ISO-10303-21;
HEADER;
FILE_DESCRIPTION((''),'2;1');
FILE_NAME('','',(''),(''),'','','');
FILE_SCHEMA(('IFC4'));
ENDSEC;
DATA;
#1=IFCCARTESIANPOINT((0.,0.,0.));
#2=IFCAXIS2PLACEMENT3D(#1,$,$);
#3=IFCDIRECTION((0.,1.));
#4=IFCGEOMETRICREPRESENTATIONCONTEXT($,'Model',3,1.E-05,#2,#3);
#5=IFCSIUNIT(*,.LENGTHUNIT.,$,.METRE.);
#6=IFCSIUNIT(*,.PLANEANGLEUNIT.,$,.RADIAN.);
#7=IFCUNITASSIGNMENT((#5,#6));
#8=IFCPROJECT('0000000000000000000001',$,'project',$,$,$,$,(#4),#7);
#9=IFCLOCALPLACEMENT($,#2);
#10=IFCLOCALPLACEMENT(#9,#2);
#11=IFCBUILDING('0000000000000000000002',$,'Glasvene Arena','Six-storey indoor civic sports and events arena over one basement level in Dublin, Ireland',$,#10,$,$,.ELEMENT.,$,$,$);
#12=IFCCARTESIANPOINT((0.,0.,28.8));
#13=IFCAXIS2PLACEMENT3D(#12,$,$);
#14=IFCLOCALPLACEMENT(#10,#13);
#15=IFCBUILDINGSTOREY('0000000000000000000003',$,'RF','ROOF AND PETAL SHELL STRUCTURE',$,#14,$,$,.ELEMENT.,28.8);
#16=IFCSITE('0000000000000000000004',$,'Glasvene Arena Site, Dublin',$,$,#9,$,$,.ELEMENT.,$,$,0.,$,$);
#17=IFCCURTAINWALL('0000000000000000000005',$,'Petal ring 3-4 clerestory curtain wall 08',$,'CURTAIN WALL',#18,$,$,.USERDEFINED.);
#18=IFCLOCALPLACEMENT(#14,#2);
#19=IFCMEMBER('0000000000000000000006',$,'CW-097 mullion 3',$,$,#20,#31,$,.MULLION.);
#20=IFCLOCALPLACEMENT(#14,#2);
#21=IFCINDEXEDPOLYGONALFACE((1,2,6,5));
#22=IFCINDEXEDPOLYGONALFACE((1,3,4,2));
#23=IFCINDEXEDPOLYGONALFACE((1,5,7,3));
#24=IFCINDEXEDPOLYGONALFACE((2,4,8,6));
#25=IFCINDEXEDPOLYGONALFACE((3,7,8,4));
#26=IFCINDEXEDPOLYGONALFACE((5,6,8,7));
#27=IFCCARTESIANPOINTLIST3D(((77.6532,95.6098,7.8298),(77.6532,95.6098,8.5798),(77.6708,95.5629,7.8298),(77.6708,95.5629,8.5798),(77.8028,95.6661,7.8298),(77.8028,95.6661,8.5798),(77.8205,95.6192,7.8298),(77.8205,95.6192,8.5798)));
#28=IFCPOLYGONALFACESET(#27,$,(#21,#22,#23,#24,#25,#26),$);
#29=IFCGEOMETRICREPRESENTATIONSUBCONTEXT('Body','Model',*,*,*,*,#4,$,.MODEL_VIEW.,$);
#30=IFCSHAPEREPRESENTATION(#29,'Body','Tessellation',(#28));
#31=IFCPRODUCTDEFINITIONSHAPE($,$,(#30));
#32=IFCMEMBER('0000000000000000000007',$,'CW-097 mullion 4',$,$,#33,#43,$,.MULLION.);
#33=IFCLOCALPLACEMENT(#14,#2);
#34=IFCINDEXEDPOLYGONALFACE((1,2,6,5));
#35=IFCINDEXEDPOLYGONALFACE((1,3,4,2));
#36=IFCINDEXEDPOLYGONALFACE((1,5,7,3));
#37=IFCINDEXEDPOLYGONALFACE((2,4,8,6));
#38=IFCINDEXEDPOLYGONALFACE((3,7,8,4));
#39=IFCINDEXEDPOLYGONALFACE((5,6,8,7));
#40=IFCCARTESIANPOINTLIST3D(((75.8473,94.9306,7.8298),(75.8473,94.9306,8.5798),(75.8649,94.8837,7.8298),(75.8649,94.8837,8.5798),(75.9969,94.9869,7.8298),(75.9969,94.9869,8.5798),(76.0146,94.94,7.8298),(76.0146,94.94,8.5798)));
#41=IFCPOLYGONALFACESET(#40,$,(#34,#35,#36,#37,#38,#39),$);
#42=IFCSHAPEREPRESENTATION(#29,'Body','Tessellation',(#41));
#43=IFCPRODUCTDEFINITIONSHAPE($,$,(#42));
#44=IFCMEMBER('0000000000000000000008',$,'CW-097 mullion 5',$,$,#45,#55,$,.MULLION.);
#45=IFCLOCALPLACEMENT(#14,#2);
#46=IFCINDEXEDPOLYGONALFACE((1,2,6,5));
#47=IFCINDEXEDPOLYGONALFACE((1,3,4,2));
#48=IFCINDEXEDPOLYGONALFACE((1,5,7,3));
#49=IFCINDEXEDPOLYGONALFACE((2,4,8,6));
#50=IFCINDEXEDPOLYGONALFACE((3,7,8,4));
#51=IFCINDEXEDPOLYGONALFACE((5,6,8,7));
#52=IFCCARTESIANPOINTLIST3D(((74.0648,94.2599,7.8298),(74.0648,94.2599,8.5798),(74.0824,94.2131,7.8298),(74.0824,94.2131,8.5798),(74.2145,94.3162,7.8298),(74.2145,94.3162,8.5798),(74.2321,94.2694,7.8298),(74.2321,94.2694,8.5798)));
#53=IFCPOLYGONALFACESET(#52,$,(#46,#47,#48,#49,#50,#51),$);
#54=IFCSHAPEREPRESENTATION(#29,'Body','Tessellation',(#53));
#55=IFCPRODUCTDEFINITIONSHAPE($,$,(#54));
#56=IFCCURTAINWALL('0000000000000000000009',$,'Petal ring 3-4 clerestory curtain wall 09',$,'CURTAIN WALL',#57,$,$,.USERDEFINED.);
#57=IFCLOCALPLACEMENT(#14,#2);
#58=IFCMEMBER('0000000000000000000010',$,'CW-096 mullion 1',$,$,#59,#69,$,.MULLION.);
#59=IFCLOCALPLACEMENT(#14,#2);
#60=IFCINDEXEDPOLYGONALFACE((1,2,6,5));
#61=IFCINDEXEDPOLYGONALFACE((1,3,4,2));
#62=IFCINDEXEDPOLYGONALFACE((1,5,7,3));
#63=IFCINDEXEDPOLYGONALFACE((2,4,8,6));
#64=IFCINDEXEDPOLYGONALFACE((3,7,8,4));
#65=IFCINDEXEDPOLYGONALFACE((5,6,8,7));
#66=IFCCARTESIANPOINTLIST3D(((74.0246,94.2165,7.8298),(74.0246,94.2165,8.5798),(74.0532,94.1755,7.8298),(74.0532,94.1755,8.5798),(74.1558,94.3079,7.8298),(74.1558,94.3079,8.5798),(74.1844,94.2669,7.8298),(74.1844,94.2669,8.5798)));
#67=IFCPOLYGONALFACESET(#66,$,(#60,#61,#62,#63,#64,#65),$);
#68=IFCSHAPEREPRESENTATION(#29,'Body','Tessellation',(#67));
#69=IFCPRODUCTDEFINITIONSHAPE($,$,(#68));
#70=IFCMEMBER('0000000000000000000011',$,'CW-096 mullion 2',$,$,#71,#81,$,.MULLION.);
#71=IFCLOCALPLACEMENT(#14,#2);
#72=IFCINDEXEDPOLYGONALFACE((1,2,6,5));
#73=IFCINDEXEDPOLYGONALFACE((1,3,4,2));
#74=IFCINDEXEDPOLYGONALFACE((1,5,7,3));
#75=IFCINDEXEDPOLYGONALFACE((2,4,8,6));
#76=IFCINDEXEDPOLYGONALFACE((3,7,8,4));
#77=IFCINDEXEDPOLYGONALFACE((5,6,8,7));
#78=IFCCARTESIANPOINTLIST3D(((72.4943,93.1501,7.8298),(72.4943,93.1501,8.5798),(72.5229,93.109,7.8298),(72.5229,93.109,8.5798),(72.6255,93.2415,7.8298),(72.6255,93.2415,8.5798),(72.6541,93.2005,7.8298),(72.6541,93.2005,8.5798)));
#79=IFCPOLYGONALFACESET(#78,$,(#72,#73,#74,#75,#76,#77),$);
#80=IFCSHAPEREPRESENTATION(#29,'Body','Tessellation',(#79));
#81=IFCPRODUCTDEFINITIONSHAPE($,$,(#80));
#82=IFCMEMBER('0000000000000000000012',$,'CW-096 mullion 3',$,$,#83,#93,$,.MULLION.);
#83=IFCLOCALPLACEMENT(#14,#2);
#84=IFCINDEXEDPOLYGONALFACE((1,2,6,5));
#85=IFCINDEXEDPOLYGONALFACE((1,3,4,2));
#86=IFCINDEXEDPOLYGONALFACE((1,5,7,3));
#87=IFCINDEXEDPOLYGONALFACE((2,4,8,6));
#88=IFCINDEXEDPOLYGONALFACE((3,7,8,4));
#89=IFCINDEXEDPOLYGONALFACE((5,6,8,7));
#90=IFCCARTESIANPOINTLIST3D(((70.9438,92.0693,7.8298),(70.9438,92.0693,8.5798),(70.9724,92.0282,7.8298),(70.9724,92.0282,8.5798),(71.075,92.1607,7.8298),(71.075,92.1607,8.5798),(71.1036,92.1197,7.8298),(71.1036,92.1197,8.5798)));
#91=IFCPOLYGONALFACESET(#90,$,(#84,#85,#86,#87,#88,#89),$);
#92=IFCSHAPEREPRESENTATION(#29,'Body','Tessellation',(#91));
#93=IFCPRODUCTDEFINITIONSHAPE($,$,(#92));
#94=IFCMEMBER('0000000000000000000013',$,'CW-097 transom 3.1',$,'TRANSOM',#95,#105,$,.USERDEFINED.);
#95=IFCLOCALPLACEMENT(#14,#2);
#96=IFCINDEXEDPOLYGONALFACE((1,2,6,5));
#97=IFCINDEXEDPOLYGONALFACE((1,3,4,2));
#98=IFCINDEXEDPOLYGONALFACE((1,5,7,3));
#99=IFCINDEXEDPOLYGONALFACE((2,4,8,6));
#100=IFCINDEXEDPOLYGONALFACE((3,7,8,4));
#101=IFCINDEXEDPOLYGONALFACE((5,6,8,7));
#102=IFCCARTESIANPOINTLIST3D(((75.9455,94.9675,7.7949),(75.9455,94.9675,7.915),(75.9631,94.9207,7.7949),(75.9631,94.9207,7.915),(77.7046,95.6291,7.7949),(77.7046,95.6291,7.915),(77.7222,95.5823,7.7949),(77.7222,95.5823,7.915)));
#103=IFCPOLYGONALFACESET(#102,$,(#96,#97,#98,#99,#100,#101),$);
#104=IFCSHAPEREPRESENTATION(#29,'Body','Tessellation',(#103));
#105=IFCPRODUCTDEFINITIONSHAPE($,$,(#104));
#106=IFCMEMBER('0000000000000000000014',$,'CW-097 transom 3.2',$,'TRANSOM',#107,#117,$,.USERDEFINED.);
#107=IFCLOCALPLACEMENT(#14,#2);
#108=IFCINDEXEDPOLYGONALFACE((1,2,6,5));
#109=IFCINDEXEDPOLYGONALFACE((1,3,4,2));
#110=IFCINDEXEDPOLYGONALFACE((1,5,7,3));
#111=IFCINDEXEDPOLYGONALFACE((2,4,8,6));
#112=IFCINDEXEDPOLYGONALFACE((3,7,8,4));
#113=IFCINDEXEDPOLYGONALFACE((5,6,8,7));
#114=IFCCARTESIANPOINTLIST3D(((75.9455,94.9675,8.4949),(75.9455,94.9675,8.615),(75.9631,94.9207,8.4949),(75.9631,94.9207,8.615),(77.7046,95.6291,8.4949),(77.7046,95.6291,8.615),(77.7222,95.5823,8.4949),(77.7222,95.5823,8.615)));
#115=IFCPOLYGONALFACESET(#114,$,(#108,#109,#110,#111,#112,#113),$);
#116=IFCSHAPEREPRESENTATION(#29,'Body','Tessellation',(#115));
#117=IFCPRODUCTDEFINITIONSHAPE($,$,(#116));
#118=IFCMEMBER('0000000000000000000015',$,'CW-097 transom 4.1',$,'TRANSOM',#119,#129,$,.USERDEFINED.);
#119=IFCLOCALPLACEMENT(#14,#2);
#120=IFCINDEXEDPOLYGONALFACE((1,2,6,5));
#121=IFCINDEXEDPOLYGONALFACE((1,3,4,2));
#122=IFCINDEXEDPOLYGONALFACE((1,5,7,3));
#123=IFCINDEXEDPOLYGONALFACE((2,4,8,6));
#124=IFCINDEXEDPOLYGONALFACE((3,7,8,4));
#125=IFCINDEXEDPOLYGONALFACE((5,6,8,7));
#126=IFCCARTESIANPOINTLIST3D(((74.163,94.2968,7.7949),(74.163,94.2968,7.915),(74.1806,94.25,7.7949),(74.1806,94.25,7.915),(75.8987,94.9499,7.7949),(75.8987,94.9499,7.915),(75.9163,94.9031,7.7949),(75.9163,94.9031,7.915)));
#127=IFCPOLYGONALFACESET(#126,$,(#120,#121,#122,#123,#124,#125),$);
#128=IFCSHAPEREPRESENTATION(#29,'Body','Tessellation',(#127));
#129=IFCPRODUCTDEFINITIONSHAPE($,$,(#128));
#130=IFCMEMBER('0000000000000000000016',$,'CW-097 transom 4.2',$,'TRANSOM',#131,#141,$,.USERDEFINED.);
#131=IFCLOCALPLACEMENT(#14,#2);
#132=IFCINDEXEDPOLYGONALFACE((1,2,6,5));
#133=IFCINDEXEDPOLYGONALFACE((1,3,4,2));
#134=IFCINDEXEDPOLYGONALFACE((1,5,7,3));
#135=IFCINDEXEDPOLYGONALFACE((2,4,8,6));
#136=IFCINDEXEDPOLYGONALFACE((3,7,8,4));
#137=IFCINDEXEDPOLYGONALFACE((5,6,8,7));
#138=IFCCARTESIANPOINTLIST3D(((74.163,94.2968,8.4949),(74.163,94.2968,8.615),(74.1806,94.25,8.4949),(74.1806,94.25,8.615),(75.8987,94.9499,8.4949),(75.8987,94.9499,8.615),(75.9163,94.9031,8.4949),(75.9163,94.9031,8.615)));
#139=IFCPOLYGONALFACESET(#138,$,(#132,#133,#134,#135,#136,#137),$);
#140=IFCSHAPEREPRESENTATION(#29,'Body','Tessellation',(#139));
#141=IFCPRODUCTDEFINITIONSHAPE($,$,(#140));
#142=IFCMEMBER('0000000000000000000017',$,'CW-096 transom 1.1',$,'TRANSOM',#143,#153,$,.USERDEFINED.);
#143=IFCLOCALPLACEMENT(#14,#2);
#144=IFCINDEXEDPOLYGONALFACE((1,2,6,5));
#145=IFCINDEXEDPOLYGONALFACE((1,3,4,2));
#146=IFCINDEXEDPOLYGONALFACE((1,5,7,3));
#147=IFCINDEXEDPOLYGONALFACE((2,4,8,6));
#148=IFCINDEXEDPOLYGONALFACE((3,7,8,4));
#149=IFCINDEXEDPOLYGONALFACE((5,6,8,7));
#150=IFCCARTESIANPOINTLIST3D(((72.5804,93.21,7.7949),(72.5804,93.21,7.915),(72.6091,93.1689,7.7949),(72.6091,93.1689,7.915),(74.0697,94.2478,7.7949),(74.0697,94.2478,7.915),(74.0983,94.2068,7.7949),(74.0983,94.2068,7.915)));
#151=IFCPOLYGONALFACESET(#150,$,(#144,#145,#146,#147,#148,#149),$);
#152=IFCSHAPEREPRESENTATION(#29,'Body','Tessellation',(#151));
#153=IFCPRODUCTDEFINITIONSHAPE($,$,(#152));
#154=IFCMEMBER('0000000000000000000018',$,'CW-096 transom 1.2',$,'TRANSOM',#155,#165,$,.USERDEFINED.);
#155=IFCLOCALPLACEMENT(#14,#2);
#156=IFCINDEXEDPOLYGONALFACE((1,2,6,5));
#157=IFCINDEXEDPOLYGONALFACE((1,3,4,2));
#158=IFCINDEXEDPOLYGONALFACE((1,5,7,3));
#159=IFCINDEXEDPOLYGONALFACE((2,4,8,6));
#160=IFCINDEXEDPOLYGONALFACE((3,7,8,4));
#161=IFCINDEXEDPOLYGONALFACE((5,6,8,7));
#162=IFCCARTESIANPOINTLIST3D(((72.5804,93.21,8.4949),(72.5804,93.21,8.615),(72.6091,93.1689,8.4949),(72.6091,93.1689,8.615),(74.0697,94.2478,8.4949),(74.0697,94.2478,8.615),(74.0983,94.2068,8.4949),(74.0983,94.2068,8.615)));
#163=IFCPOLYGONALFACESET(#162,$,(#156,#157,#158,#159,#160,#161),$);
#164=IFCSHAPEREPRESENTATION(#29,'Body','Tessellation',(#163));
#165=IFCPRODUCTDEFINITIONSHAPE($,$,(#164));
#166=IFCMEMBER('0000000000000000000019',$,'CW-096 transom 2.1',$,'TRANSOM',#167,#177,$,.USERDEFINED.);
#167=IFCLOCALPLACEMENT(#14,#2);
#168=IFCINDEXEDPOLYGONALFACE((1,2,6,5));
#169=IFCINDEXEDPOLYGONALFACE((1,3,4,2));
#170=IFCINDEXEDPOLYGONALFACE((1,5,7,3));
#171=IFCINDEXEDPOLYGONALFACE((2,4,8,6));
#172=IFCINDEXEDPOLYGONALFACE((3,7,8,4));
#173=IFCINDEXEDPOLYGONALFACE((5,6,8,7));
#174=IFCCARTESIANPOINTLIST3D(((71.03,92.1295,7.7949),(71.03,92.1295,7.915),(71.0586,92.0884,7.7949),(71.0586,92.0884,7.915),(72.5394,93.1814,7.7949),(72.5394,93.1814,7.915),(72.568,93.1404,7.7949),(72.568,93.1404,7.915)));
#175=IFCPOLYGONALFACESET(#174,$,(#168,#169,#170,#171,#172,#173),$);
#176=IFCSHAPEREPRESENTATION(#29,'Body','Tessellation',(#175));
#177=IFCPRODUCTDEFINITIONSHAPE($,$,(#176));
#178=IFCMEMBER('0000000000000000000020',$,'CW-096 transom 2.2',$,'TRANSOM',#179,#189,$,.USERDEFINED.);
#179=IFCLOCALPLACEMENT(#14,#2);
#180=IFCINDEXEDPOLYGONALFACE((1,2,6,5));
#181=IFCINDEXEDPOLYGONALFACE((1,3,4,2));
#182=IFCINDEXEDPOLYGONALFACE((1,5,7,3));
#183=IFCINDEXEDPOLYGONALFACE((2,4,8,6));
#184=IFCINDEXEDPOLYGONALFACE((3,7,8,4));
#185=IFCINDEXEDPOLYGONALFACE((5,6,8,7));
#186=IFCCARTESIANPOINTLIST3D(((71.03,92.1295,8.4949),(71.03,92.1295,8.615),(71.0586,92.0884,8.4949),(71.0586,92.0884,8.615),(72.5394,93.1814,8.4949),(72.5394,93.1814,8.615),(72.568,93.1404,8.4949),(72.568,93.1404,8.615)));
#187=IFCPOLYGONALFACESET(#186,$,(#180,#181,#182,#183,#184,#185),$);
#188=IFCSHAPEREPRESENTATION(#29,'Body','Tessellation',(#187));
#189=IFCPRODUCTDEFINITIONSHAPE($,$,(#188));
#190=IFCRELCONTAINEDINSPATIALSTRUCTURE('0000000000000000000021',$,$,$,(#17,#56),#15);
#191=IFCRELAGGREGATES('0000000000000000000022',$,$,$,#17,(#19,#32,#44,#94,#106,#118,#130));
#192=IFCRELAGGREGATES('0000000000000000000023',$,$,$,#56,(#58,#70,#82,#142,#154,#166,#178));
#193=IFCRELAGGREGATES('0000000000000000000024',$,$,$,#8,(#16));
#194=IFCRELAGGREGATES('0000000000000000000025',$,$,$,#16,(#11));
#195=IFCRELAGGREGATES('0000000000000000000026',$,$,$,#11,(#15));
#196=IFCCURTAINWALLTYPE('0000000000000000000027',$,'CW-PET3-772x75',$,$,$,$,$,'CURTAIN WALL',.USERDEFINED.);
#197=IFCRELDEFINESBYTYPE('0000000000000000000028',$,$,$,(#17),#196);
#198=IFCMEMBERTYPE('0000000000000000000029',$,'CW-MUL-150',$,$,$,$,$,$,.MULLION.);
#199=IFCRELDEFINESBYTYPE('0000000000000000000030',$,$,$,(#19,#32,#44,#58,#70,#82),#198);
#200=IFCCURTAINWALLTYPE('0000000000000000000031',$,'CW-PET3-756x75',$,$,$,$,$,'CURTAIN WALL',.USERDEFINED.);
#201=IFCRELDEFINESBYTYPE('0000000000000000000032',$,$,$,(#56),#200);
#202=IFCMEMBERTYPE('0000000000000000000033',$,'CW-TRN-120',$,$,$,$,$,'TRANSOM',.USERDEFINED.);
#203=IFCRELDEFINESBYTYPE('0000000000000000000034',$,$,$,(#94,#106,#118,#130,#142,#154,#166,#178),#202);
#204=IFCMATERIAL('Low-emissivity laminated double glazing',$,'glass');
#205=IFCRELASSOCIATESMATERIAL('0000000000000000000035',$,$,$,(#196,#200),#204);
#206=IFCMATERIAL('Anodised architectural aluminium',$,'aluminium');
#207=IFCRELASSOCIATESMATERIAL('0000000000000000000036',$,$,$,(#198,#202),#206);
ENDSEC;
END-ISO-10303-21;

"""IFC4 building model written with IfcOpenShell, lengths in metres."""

from ifc_helpers import new_model, si_unit, direction, frame, origin, origin_2d, place, context, subcontext, project, spatial, rectangle, extrude, material, material_profile, profile_set, type_object, element, aggregate, save


model = new_model("IFC4")

# Units and contexts
model_context = context("Model", 3, precision=1e-05, world=origin(), true_north=direction((0.0, 1.0)))
body_context = subcontext(model_context, "Body", "Model", "MODEL_VIEW")
ifc_project = project(units=[si_unit("LENGTHUNIT", "METRE"), si_unit("PLANEANGLEUNIT", "RADIAN")], contexts=[model_context])

# Site, building, storey
site_placement = place(None, origin())
site = spatial("IfcSite", under=ifc_project, at=site_placement, Name="Glasvene Arena Site, Dublin", CompositionType="ELEMENT", RefElevation=0.0)
building_placement = place(site_placement, origin())
building = spatial("IfcBuilding", under=site, at=building_placement, Name="Glasvene Arena", Description="Six-storey indoor civic sports and events arena over one basement level in Dublin, Ireland", CompositionType="ELEMENT")
storey_placement = place(building_placement, frame((0.0, 0.0, 28.8)))
storey = spatial("IfcBuildingStorey", under=building, at=storey_placement, Name="RF", Description="ROOF AND PETAL SHELL STRUCTURE", CompositionType="ELEMENT", Elevation=28.8)

# Curtain walls, members
ifc_material_1 = material(Name="Low-emissivity laminated double glazing", Category="glass")
curtain_wall_type_1 = type_object("IfcCurtainWallType", Name="CW-PET3-772x75", ElementType="CURTAIN WALL", PredefinedType="USERDEFINED", material=ifc_material_1)
curtain_wall_1_placement = place(storey_placement, frame((81.3484, 96.9731, 0.0)))
curtain_wall_1 = element("IfcCurtainWall", 1, at=curtain_wall_1_placement, inside=storey, type_object=curtain_wall_type_1, Name="Petal ring 3-4 clerestory curtain wall 08", ObjectType="CURTAIN WALL", PredefinedType="USERDEFINED")
ifc_material_2 = material(Name="Anodised architectural aluminium", Category="aluminium")
ifc_material_profile_1 = material_profile(ifc_material_2, rectangle(XDim=0.05, YDim=0.1599, at=origin_2d()), Name="ALU MULLION 50x160")
ifc_profile_set_1 = profile_set([ifc_material_profile_1], Name="Anodised architectural aluminium")
member_type_1 = type_object("IfcMemberType", Name="CW-MUL-150", PredefinedType="MULLION", material=ifc_profile_set_1)
member_1_placement = place(storey_placement, frame((77.7368, 95.6145, 7.8298), z_axis=(0.0, 0.0, 1.0), x_axis=(0.352092, -0.935966, 0.0)))
member_1 = element("IfcMember", 2, at=member_1_placement, type_object=member_type_1, Name="CW-097 mullion 3", PredefinedType="MULLION", context=body_context, shape_type="SweptSolid", body=[
    extrude(rectangle(XDim=0.05, YDim=0.1599, at=origin_2d()), origin(), (0.0, 0.0, 1.0), 0.75),
])
member_2_placement = place(storey_placement, frame((75.9309, 94.9353, 7.8298), z_axis=(0.0, 0.0, 1.0), x_axis=(0.352092, -0.935966, 0.0)))
member_2 = element("IfcMember", 3, at=member_2_placement, type_object=member_type_1, Name="CW-097 mullion 4", PredefinedType="MULLION", context=body_context, shape_type="SweptSolid", body=[
    extrude(rectangle(XDim=0.05, YDim=0.1599, at=origin_2d()), origin(), (0.0, 0.0, 1.0), 0.75),
])
member_3_placement = place(storey_placement, frame((74.1484, 94.2646, 7.8298), z_axis=(0.0, 0.0, 1.0), x_axis=(0.352092, -0.935966, 0.0)))
member_3 = element("IfcMember", 4, at=member_3_placement, type_object=member_type_1, Name="CW-097 mullion 5", PredefinedType="MULLION", context=body_context, shape_type="SweptSolid", body=[
    extrude(rectangle(XDim=0.05, YDim=0.1599, at=origin_2d()), origin(), (0.0, 0.0, 1.0), 0.75),
])
curtain_wall_type_2 = type_object("IfcCurtainWallType", Name="CW-PET3-756x75", ElementType="CURTAIN WALL", PredefinedType="USERDEFINED", material=ifc_material_1)
curtain_wall_2_placement = place(storey_placement, frame((74.125, 94.2559, 0.0)))
curtain_wall_2 = element("IfcCurtainWall", 5, at=curtain_wall_2_placement, inside=storey, type_object=curtain_wall_type_2, Name="Petal ring 3-4 clerestory curtain wall 09", ObjectType="CURTAIN WALL", PredefinedType="USERDEFINED")
member_4_placement = place(storey_placement, frame((74.1045, 94.2417, 7.8298), z_axis=(0.0, 0.0, 1.0), x_axis=(0.571742, -0.820433, 0.0)))
member_4 = element("IfcMember", 6, at=member_4_placement, type_object=member_type_1, Name="CW-096 mullion 1", PredefinedType="MULLION", context=body_context, shape_type="SweptSolid", body=[
    extrude(rectangle(XDim=0.05, YDim=0.1599, at=origin_2d()), origin(), (0.0, 0.0, 1.0), 0.75),
])
member_5_placement = place(storey_placement, frame((72.5742, 93.1753, 7.8298), z_axis=(0.0, 0.0, 1.0), x_axis=(0.571742, -0.820433, 0.0)))
member_5 = element("IfcMember", 7, at=member_5_placement, type_object=member_type_1, Name="CW-096 mullion 2", PredefinedType="MULLION", context=body_context, shape_type="SweptSolid", body=[
    extrude(rectangle(XDim=0.05, YDim=0.1599, at=origin_2d()), origin(), (0.0, 0.0, 1.0), 0.75),
])
member_6_placement = place(storey_placement, frame((71.0237, 92.0945, 7.8298), z_axis=(0.0, 0.0, 1.0), x_axis=(0.571742, -0.820433, 0.0)))
member_6 = element("IfcMember", 8, at=member_6_placement, type_object=member_type_1, Name="CW-096 mullion 3", PredefinedType="MULLION", context=body_context, shape_type="SweptSolid", body=[
    extrude(rectangle(XDim=0.05, YDim=0.1599, at=origin_2d()), origin(), (0.0, 0.0, 1.0), 0.75),
])

# Members
ifc_material_profile_2 = material_profile(ifc_material_2, rectangle(XDim=0.05, YDim=0.1201, at=origin_2d()), Name="ALU TRANSOM 50x120")
ifc_profile_set_2 = profile_set([ifc_material_profile_2], Name="Anodised architectural aluminium")
member_type_2 = type_object("IfcMemberType", Name="CW-TRN-120", ElementType="TRANSOM", PredefinedType="USERDEFINED", material=ifc_profile_set_2)
member_7_placement = place(storey_placement, frame((77.7134, 95.6057, 7.855), z_axis=(-0.935982, -0.352049, 0.0), x_axis=(0.352049, -0.935982, 0.0)))
member_7 = element("IfcMember", 9, at=member_7_placement, type_object=member_type_2, Name="CW-097 transom 3.1", ObjectType="TRANSOM", PredefinedType="USERDEFINED", context=body_context, shape_type="SweptSolid", body=[
    extrude(rectangle(XDim=0.05, YDim=0.1201, at=origin_2d()), origin(), (0.0, 0.0, 1.0), 1.8794),
])
member_8_placement = place(storey_placement, frame((77.7134, 95.6057, 8.5549), z_axis=(-0.935982, -0.352049, 0.0), x_axis=(0.352049, -0.935982, 0.0)))
member_8 = element("IfcMember", 10, at=member_8_placement, type_object=member_type_2, Name="CW-097 transom 3.2", ObjectType="TRANSOM", PredefinedType="USERDEFINED", context=body_context, shape_type="SweptSolid", body=[
    extrude(rectangle(XDim=0.05, YDim=0.1201, at=origin_2d()), origin(), (0.0, 0.0, 1.0), 1.8794),
])
member_9_placement = place(storey_placement, frame((75.9075, 94.9265, 7.855), z_axis=(-0.935934, -0.352176, 0.0), x_axis=(0.352176, -0.935934, 0.0)))
member_9 = element("IfcMember", 11, at=member_9_placement, type_object=member_type_2, Name="CW-097 transom 4.1", ObjectType="TRANSOM", PredefinedType="USERDEFINED", context=body_context, shape_type="SweptSolid", body=[
    extrude(rectangle(XDim=0.05, YDim=0.1201, at=origin_2d()), origin(), (0.0, 0.0, 1.0), 1.8545),
])
member_10_placement = place(storey_placement, frame((75.9075, 94.9265, 8.5549), z_axis=(-0.935934, -0.352176, 0.0), x_axis=(0.352176, -0.935934, 0.0)))
member_10 = element("IfcMember", 12, at=member_10_placement, type_object=member_type_2, Name="CW-097 transom 4.2", ObjectType="TRANSOM", PredefinedType="USERDEFINED", context=body_context, shape_type="SweptSolid", body=[
    extrude(rectangle(XDim=0.05, YDim=0.1201, at=origin_2d()), origin(), (0.0, 0.0, 1.0), 1.8545),
])
member_11_placement = place(storey_placement, frame((74.084, 94.2273, 7.855), z_axis=(-0.820431, -0.571746, 0.0), x_axis=(0.571746, -0.820431, 0.0)))
member_11 = element("IfcMember", 13, at=member_11_placement, type_object=member_type_2, Name="CW-096 transom 1.1", ObjectType="TRANSOM", PredefinedType="USERDEFINED", context=body_context, shape_type="SweptSolid", body=[
    extrude(rectangle(XDim=0.05, YDim=0.1201, at=origin_2d()), origin(), (0.0, 0.0, 1.0), 1.8152),
])
member_12_placement = place(storey_placement, frame((74.084, 94.2273, 8.5549), z_axis=(-0.820431, -0.571746, 0.0), x_axis=(0.571746, -0.820431, 0.0)))
member_12 = element("IfcMember", 14, at=member_12_placement, type_object=member_type_2, Name="CW-096 transom 1.2", ObjectType="TRANSOM", PredefinedType="USERDEFINED", context=body_context, shape_type="SweptSolid", body=[
    extrude(rectangle(XDim=0.05, YDim=0.1201, at=origin_2d()), origin(), (0.0, 0.0, 1.0), 1.8152),
])
member_13_placement = place(storey_placement, frame((72.5537, 93.1609, 7.855), z_axis=(-0.820421, -0.57176, 0.0), x_axis=(0.57176, -0.820421, 0.0)))
member_13 = element("IfcMember", 15, at=member_13_placement, type_object=member_type_2, Name="CW-096 transom 2.1", ObjectType="TRANSOM", PredefinedType="USERDEFINED", context=body_context, shape_type="SweptSolid", body=[
    extrude(rectangle(XDim=0.05, YDim=0.1201, at=origin_2d()), origin(), (0.0, 0.0, 1.0), 1.8398),
])
member_14_placement = place(storey_placement, frame((72.5537, 93.1609, 8.5549), z_axis=(-0.820421, -0.57176, 0.0), x_axis=(0.57176, -0.820421, 0.0)))
member_14 = element("IfcMember", 16, at=member_14_placement, type_object=member_type_2, Name="CW-096 transom 2.2", ObjectType="TRANSOM", PredefinedType="USERDEFINED", context=body_context, shape_type="SweptSolid", body=[
    extrude(rectangle(XDim=0.05, YDim=0.1201, at=origin_2d()), origin(), (0.0, 0.0, 1.0), 1.8398),
])

aggregate(curtain_wall_1, [member_1, member_2, member_3, member_7, member_8, member_9, member_10])
aggregate(curtain_wall_2, [member_4, member_5, member_6, member_11, member_12, member_13, member_14])

save(model, "model.ifc")
